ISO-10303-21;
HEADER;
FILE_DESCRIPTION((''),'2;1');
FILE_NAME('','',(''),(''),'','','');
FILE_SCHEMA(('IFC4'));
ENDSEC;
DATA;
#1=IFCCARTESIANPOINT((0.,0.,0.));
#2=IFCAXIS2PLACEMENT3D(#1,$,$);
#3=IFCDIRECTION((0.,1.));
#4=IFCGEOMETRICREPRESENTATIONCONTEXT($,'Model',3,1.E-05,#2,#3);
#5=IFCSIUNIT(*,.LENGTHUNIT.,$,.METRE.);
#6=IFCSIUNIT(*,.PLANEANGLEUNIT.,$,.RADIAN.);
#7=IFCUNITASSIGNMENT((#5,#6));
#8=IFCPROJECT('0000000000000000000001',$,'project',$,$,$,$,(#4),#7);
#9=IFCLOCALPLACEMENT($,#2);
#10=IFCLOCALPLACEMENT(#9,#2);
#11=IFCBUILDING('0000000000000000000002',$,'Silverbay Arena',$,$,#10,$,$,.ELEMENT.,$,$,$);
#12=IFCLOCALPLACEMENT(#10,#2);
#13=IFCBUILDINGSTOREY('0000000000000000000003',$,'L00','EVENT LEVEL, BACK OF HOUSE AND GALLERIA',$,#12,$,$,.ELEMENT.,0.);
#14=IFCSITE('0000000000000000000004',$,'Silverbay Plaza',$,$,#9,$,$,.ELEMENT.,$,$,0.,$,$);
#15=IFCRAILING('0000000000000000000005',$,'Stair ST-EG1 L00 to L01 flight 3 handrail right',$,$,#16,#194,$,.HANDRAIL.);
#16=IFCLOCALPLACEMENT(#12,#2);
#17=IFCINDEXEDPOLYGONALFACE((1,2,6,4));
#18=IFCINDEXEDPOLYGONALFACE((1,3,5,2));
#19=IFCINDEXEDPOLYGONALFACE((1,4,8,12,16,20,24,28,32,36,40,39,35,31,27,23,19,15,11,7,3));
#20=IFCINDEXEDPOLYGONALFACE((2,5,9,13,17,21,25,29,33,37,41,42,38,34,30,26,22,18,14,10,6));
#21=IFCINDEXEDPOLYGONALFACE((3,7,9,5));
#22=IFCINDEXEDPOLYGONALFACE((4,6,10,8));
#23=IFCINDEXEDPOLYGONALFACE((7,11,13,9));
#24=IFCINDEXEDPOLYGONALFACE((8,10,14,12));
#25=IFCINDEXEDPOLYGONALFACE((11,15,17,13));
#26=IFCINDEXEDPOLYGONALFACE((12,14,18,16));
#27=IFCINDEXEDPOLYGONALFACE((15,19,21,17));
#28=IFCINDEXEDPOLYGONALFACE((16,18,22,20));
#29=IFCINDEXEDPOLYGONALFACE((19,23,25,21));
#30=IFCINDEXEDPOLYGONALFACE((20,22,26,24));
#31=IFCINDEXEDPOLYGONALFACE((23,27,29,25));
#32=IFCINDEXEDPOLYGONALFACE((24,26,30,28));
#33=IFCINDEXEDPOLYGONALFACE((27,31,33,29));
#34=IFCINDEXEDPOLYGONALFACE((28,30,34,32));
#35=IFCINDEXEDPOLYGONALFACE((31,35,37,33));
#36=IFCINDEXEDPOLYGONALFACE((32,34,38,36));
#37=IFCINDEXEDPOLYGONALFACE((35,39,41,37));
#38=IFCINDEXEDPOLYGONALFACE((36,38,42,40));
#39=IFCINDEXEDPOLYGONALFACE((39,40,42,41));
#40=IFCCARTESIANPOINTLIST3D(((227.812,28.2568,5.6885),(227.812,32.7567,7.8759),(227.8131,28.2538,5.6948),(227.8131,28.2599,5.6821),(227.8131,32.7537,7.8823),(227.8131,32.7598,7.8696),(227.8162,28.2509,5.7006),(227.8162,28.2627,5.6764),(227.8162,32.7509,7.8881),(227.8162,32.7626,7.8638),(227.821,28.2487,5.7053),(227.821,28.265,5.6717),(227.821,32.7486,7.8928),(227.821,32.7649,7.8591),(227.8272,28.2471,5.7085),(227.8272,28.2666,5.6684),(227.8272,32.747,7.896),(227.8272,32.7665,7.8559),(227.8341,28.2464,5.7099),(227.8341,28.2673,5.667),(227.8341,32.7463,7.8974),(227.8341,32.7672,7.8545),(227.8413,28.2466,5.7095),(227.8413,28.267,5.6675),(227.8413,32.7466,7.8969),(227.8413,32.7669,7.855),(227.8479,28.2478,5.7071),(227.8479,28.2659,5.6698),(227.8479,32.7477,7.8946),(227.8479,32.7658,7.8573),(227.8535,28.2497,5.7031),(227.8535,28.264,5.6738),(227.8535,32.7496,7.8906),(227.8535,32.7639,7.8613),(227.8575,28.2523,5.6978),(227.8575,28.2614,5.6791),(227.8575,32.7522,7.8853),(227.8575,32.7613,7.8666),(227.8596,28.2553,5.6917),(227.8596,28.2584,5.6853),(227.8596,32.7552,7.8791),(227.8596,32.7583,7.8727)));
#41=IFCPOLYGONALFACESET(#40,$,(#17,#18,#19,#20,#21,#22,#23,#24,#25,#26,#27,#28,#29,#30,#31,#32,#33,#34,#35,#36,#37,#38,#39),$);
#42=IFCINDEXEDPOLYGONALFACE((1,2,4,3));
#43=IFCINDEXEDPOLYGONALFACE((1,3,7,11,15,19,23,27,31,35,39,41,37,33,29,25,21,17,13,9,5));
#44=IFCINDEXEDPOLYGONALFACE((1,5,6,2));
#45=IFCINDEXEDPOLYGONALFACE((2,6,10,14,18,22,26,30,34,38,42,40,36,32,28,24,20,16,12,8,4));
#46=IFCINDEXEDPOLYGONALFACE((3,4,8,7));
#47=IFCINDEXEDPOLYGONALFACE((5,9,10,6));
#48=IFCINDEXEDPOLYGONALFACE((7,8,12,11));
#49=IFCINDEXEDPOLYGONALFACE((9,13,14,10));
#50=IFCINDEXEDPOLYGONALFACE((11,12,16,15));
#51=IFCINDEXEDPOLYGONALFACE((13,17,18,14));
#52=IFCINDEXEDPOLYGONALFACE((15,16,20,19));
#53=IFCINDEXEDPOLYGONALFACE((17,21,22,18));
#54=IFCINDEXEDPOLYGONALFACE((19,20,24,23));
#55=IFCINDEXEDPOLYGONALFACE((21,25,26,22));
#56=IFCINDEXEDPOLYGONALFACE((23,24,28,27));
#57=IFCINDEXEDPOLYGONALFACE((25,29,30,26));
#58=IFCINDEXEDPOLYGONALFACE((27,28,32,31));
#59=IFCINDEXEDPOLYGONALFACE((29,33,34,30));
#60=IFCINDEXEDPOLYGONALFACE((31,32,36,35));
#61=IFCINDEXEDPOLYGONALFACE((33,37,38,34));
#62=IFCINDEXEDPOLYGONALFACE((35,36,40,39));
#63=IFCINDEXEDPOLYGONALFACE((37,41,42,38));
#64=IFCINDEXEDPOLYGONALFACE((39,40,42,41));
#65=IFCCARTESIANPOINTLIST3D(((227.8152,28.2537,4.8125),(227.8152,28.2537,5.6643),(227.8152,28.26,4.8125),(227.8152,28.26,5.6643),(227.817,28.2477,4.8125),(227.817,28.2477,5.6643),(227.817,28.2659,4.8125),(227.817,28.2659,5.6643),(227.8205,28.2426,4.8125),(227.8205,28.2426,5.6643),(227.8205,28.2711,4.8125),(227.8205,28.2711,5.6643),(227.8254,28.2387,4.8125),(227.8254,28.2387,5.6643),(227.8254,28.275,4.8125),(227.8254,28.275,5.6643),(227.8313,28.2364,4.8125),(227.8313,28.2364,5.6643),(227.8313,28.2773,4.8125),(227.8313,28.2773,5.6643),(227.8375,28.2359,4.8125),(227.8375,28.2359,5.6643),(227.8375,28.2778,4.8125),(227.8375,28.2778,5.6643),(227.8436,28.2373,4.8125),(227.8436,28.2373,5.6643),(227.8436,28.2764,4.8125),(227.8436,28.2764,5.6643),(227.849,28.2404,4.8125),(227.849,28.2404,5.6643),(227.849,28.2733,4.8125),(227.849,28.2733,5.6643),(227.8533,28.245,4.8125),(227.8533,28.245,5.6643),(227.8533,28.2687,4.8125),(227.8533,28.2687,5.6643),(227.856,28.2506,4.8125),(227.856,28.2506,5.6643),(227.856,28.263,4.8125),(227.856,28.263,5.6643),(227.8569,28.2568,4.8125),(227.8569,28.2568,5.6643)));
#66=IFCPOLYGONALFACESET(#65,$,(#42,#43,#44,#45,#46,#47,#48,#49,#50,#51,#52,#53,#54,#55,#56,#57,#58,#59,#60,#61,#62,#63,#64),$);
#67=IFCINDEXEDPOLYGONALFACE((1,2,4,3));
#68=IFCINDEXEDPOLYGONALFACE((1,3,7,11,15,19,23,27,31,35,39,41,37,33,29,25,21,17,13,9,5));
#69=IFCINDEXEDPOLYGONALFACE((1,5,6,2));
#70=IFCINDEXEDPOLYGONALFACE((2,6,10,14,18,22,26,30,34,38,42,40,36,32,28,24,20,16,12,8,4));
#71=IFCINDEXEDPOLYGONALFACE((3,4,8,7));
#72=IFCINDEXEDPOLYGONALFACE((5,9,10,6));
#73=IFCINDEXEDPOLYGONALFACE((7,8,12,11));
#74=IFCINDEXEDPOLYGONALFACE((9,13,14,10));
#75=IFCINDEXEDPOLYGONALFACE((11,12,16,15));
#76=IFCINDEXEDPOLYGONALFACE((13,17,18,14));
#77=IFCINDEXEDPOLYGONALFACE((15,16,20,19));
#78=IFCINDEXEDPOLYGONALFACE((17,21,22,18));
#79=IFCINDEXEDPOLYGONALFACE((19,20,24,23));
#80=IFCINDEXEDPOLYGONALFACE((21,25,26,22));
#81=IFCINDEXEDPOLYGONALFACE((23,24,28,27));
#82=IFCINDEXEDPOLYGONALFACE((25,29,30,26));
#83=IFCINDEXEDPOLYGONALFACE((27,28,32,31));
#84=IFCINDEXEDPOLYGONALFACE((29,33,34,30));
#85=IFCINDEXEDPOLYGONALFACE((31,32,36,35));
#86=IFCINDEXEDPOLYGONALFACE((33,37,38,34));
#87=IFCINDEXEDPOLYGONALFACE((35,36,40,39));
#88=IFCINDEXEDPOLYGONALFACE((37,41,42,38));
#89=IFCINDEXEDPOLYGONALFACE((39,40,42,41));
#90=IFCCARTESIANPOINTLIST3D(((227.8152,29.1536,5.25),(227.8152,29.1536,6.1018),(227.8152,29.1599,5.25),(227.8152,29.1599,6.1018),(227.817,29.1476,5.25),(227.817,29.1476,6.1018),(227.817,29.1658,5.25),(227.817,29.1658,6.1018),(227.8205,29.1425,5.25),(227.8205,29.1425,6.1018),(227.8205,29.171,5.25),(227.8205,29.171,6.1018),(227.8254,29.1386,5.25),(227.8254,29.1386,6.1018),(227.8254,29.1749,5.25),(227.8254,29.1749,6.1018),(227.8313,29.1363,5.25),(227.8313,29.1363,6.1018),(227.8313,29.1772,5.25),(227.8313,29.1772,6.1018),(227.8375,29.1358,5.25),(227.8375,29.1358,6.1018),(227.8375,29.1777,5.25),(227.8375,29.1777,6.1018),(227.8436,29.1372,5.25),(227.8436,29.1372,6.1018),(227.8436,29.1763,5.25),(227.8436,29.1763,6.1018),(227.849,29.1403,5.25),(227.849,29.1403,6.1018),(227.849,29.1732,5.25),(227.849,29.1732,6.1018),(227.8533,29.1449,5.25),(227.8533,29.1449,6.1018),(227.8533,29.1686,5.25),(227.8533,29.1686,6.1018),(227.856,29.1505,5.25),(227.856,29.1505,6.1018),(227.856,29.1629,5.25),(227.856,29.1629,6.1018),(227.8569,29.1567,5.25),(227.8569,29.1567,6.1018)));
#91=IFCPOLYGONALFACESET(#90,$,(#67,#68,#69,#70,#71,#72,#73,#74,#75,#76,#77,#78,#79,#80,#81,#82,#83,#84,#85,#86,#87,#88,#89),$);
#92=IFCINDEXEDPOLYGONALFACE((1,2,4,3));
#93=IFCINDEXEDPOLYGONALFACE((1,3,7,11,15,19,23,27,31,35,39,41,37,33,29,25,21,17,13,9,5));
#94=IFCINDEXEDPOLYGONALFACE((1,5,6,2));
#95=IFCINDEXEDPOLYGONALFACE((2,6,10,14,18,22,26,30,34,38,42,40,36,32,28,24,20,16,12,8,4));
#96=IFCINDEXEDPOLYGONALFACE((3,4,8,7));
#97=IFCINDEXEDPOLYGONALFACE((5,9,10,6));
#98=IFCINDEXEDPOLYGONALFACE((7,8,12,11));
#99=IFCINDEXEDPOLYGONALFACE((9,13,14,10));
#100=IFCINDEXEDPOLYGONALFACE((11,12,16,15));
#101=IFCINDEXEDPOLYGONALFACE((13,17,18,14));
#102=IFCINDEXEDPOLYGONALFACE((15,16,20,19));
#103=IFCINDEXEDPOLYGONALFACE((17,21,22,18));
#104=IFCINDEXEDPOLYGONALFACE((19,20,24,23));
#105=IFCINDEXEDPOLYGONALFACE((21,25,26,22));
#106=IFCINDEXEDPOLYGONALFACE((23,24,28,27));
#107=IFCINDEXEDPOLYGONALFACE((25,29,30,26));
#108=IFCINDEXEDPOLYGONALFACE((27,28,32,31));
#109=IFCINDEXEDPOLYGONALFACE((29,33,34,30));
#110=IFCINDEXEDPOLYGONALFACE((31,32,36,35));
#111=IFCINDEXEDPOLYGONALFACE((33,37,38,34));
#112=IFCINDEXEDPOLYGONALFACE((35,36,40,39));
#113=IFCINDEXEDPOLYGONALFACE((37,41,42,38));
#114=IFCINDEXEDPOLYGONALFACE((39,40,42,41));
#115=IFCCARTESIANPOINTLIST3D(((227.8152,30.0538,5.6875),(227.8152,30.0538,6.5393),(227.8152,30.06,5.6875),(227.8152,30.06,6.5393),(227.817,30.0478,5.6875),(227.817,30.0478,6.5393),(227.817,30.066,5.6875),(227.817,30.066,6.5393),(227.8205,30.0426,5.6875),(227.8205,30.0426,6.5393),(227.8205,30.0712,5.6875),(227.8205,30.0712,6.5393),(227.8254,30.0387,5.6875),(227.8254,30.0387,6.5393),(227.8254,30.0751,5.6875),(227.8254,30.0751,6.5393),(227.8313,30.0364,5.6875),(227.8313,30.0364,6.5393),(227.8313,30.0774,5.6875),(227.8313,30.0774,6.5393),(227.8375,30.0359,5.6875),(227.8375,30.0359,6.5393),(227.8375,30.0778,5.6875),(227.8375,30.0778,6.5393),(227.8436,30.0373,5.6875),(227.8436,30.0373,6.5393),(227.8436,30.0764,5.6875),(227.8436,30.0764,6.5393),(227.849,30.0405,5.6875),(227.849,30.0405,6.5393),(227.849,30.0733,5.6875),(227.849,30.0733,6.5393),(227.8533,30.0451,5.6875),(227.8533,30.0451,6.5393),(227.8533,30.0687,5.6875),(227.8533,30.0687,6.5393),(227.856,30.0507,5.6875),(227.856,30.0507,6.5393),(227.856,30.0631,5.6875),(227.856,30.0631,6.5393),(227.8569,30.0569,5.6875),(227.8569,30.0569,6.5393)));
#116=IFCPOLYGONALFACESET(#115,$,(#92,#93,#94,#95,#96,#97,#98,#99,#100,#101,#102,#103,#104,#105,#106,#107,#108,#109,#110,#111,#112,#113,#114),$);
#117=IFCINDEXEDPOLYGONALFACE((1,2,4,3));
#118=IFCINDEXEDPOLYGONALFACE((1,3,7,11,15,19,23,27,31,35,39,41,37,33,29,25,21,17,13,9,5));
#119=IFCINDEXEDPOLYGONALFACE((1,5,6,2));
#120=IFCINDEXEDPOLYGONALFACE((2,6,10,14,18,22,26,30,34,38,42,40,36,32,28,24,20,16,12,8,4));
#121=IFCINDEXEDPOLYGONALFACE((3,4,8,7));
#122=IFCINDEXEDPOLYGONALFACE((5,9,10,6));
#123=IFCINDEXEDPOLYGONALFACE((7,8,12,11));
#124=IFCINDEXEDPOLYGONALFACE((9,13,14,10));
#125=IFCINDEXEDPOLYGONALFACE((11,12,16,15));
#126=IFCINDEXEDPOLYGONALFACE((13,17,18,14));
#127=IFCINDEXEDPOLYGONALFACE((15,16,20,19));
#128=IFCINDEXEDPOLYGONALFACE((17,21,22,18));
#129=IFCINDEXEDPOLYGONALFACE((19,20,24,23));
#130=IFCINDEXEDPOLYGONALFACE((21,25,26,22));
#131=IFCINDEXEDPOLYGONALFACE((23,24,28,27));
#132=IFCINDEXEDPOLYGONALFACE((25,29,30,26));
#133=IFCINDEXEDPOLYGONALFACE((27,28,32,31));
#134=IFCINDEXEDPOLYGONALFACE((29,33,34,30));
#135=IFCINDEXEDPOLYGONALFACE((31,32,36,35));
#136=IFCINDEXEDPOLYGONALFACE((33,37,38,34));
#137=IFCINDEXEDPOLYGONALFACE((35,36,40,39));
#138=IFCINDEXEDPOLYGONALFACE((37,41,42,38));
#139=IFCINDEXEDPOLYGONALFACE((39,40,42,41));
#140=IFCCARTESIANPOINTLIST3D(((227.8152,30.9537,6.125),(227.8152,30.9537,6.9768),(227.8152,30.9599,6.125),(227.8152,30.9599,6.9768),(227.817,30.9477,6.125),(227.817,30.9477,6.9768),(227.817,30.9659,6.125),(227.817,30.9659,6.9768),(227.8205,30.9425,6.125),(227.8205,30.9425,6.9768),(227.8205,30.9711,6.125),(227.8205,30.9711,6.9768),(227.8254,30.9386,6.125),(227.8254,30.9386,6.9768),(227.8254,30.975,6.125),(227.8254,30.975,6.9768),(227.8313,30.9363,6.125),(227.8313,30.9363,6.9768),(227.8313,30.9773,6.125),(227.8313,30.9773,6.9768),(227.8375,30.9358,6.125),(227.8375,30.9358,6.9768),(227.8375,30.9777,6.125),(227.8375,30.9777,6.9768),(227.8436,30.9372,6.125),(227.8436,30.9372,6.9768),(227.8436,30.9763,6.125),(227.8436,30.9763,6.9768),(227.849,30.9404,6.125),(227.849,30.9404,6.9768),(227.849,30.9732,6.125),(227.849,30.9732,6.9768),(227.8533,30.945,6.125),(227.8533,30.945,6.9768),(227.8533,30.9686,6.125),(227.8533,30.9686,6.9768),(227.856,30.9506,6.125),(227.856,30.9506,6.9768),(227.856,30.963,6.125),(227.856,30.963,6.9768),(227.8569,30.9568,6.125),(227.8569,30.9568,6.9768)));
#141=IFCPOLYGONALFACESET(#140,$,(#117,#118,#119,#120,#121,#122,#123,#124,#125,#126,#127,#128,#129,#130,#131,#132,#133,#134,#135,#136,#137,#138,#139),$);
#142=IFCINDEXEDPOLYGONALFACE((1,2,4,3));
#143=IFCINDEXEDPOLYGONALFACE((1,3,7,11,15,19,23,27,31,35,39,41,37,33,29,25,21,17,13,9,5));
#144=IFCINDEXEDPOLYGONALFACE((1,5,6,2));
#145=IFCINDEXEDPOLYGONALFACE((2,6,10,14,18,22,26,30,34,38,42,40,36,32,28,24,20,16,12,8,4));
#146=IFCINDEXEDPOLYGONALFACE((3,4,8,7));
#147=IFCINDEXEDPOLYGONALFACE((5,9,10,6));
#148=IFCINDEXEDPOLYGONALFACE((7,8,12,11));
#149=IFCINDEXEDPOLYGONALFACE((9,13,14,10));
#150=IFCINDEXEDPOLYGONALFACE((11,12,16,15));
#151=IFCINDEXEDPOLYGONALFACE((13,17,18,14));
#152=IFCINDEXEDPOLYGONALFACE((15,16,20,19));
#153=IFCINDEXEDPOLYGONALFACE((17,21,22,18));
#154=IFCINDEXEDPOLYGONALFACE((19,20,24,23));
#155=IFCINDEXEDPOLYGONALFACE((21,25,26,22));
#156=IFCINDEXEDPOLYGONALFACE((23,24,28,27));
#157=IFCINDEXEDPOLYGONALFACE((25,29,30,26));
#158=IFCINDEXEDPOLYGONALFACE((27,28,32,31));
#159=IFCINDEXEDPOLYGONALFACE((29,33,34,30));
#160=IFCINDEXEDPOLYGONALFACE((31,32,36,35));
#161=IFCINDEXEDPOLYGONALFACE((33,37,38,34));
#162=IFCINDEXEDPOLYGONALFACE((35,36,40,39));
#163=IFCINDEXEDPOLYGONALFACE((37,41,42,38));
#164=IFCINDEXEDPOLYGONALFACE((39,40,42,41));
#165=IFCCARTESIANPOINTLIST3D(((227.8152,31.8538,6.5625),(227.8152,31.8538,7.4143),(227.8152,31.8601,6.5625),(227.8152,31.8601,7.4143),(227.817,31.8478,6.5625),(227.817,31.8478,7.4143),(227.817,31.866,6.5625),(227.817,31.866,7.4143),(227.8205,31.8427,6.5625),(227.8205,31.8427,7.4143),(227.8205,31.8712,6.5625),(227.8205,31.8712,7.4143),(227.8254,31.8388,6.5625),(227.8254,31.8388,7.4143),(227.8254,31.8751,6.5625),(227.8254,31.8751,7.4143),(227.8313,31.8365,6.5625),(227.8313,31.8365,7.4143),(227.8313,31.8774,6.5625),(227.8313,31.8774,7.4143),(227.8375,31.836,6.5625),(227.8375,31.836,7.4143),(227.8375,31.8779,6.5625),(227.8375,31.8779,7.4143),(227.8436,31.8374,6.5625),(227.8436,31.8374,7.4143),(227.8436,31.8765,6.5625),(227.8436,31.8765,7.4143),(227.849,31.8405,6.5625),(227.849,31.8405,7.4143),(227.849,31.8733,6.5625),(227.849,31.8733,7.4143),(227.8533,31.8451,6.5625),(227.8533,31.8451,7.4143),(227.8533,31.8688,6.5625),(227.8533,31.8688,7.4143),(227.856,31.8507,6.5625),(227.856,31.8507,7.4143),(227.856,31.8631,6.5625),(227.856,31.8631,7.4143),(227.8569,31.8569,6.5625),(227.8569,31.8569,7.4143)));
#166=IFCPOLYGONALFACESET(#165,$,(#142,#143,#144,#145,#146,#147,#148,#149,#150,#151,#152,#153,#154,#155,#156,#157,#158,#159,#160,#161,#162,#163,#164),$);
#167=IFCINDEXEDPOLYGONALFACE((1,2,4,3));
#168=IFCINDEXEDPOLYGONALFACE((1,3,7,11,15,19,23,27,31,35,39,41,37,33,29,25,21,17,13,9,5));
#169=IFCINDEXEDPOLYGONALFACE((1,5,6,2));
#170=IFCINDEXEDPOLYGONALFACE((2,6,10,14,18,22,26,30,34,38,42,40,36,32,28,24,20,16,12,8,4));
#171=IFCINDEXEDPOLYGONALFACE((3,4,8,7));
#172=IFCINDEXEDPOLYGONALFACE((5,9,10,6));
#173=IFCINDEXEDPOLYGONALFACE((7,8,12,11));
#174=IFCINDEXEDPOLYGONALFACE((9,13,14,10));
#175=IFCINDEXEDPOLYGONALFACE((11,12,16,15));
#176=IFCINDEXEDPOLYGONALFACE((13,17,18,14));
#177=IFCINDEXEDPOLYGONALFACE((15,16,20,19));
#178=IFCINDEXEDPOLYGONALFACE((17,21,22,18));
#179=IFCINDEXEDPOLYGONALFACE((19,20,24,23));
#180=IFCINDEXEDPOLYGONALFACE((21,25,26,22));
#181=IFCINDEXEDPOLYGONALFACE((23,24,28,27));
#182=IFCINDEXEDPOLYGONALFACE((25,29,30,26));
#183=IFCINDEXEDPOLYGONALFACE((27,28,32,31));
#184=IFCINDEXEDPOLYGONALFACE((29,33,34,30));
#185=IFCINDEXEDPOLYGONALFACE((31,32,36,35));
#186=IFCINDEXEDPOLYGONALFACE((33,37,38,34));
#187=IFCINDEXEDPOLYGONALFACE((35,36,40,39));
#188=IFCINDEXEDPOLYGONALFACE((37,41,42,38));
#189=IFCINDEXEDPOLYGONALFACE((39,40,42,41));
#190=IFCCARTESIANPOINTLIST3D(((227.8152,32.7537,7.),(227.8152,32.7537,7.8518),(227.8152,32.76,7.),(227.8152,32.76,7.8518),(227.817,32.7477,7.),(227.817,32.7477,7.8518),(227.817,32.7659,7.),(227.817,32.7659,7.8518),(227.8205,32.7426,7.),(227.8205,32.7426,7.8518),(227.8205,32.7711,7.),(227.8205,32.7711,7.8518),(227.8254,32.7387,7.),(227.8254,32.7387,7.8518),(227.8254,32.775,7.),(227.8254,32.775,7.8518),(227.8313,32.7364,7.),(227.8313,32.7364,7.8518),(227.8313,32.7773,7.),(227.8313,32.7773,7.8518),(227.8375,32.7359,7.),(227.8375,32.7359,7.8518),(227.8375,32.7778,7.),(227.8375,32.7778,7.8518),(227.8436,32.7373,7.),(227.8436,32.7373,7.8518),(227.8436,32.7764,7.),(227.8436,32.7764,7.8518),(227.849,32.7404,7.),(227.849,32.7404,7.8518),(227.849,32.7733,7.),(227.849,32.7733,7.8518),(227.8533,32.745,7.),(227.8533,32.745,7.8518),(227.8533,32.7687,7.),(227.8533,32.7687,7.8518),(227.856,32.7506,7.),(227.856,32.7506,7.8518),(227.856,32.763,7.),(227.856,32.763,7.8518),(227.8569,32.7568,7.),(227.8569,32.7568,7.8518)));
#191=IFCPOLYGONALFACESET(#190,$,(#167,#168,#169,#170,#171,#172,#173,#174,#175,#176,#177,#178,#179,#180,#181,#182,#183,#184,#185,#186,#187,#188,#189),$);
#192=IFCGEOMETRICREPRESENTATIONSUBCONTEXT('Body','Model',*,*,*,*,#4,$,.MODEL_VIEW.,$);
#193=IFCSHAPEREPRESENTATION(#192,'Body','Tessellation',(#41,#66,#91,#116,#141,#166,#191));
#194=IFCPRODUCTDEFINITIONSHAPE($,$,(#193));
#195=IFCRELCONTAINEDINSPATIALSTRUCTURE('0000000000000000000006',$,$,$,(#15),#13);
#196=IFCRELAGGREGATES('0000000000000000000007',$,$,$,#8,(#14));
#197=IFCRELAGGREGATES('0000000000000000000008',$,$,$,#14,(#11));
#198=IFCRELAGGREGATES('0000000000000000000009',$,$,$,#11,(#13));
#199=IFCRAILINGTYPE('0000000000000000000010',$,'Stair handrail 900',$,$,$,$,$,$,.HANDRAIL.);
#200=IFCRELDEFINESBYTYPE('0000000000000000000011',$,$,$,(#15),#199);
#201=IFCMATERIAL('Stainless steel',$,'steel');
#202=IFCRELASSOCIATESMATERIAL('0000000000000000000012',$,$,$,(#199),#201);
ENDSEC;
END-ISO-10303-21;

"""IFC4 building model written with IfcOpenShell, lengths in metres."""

from ifc_helpers import new_model, si_unit, direction, frame, origin, origin_2d, place, context, subcontext, project, spatial, circle, extrude, material, type_object, element, save


model = new_model("IFC4")

# Units and contexts
model_context = context("Model", 3, precision=1e-05, world=origin(), true_north=direction((0.0, 1.0)))
body_context = subcontext(model_context, "Body", "Model", "MODEL_VIEW")
ifc_project = project(units=[si_unit("LENGTHUNIT", "METRE"), si_unit("PLANEANGLEUNIT", "RADIAN")], contexts=[model_context])

# Site, building, storey
site_placement = place(None, origin())
site = spatial("IfcSite", under=ifc_project, at=site_placement, Name="Silverbay Plaza", CompositionType="ELEMENT", RefElevation=0.0)
building_placement = place(site_placement, origin())
building = spatial("IfcBuilding", under=site, at=building_placement, Name="Silverbay Arena", CompositionType="ELEMENT")
storey_placement = place(building_placement, origin())
storey = spatial("IfcBuildingStorey", under=building, at=storey_placement, Name="L00", Description="EVENT LEVEL, BACK OF HOUSE AND GALLERIA", CompositionType="ELEMENT", Elevation=0.0)

# Railing
ifc_material_1 = material(Name="Stainless steel", Category="steel")
railing_type_1 = type_object("IfcRailingType", Name="Stair handrail 900", PredefinedType="HANDRAIL", material=ifc_material_1)
for number, where, name in (
    (1, (227.8359, 28.2568, 4.8125), "Stair ST-EG1 L00 to L01 flight 3 handrail right"),
):
    element("IfcRailing", number, at=place(storey_placement, frame(where)), inside=storey, type_object=railing_type_1, Name=name, PredefinedType="HANDRAIL", context=body_context, shape_type="SweptSolid", body=[
        extrude(circle(Radius=0.0239, at=origin_2d()), frame((0.0, 0.0, 0.876), z_axis=(0.0, 0.899368, 0.437193), x_axis=(-1.0, 0.0, 0.0)), (0.0, 0.0, 1.0), 5.0034),
        extrude(circle(Radius=0.021, at=origin_2d()), origin(), (0.0, 0.0, 1.0), 0.8518),
        extrude(circle(Radius=0.021, at=origin_2d()), frame((0.0, 0.8999, 0.4375)), (0.0, 0.0, 1.0), 0.8518),
        extrude(circle(Radius=0.021, at=origin_2d()), frame((0.0, 1.8, 0.875)), (0.0, 0.0, 1.0), 0.8518),
        extrude(circle(Radius=0.021, at=origin_2d()), frame((0.0, 2.7, 1.3125)), (0.0, 0.0, 1.0), 0.8518),
        extrude(circle(Radius=0.021, at=origin_2d()), frame((0.0, 3.6001, 1.75)), (0.0, 0.0, 1.0), 0.8518),
        extrude(circle(Radius=0.021, at=origin_2d()), frame((0.0, 4.5, 2.1875)), (0.0, 0.0, 1.0), 0.8518),
    ])

save(model, "model.ifc")
